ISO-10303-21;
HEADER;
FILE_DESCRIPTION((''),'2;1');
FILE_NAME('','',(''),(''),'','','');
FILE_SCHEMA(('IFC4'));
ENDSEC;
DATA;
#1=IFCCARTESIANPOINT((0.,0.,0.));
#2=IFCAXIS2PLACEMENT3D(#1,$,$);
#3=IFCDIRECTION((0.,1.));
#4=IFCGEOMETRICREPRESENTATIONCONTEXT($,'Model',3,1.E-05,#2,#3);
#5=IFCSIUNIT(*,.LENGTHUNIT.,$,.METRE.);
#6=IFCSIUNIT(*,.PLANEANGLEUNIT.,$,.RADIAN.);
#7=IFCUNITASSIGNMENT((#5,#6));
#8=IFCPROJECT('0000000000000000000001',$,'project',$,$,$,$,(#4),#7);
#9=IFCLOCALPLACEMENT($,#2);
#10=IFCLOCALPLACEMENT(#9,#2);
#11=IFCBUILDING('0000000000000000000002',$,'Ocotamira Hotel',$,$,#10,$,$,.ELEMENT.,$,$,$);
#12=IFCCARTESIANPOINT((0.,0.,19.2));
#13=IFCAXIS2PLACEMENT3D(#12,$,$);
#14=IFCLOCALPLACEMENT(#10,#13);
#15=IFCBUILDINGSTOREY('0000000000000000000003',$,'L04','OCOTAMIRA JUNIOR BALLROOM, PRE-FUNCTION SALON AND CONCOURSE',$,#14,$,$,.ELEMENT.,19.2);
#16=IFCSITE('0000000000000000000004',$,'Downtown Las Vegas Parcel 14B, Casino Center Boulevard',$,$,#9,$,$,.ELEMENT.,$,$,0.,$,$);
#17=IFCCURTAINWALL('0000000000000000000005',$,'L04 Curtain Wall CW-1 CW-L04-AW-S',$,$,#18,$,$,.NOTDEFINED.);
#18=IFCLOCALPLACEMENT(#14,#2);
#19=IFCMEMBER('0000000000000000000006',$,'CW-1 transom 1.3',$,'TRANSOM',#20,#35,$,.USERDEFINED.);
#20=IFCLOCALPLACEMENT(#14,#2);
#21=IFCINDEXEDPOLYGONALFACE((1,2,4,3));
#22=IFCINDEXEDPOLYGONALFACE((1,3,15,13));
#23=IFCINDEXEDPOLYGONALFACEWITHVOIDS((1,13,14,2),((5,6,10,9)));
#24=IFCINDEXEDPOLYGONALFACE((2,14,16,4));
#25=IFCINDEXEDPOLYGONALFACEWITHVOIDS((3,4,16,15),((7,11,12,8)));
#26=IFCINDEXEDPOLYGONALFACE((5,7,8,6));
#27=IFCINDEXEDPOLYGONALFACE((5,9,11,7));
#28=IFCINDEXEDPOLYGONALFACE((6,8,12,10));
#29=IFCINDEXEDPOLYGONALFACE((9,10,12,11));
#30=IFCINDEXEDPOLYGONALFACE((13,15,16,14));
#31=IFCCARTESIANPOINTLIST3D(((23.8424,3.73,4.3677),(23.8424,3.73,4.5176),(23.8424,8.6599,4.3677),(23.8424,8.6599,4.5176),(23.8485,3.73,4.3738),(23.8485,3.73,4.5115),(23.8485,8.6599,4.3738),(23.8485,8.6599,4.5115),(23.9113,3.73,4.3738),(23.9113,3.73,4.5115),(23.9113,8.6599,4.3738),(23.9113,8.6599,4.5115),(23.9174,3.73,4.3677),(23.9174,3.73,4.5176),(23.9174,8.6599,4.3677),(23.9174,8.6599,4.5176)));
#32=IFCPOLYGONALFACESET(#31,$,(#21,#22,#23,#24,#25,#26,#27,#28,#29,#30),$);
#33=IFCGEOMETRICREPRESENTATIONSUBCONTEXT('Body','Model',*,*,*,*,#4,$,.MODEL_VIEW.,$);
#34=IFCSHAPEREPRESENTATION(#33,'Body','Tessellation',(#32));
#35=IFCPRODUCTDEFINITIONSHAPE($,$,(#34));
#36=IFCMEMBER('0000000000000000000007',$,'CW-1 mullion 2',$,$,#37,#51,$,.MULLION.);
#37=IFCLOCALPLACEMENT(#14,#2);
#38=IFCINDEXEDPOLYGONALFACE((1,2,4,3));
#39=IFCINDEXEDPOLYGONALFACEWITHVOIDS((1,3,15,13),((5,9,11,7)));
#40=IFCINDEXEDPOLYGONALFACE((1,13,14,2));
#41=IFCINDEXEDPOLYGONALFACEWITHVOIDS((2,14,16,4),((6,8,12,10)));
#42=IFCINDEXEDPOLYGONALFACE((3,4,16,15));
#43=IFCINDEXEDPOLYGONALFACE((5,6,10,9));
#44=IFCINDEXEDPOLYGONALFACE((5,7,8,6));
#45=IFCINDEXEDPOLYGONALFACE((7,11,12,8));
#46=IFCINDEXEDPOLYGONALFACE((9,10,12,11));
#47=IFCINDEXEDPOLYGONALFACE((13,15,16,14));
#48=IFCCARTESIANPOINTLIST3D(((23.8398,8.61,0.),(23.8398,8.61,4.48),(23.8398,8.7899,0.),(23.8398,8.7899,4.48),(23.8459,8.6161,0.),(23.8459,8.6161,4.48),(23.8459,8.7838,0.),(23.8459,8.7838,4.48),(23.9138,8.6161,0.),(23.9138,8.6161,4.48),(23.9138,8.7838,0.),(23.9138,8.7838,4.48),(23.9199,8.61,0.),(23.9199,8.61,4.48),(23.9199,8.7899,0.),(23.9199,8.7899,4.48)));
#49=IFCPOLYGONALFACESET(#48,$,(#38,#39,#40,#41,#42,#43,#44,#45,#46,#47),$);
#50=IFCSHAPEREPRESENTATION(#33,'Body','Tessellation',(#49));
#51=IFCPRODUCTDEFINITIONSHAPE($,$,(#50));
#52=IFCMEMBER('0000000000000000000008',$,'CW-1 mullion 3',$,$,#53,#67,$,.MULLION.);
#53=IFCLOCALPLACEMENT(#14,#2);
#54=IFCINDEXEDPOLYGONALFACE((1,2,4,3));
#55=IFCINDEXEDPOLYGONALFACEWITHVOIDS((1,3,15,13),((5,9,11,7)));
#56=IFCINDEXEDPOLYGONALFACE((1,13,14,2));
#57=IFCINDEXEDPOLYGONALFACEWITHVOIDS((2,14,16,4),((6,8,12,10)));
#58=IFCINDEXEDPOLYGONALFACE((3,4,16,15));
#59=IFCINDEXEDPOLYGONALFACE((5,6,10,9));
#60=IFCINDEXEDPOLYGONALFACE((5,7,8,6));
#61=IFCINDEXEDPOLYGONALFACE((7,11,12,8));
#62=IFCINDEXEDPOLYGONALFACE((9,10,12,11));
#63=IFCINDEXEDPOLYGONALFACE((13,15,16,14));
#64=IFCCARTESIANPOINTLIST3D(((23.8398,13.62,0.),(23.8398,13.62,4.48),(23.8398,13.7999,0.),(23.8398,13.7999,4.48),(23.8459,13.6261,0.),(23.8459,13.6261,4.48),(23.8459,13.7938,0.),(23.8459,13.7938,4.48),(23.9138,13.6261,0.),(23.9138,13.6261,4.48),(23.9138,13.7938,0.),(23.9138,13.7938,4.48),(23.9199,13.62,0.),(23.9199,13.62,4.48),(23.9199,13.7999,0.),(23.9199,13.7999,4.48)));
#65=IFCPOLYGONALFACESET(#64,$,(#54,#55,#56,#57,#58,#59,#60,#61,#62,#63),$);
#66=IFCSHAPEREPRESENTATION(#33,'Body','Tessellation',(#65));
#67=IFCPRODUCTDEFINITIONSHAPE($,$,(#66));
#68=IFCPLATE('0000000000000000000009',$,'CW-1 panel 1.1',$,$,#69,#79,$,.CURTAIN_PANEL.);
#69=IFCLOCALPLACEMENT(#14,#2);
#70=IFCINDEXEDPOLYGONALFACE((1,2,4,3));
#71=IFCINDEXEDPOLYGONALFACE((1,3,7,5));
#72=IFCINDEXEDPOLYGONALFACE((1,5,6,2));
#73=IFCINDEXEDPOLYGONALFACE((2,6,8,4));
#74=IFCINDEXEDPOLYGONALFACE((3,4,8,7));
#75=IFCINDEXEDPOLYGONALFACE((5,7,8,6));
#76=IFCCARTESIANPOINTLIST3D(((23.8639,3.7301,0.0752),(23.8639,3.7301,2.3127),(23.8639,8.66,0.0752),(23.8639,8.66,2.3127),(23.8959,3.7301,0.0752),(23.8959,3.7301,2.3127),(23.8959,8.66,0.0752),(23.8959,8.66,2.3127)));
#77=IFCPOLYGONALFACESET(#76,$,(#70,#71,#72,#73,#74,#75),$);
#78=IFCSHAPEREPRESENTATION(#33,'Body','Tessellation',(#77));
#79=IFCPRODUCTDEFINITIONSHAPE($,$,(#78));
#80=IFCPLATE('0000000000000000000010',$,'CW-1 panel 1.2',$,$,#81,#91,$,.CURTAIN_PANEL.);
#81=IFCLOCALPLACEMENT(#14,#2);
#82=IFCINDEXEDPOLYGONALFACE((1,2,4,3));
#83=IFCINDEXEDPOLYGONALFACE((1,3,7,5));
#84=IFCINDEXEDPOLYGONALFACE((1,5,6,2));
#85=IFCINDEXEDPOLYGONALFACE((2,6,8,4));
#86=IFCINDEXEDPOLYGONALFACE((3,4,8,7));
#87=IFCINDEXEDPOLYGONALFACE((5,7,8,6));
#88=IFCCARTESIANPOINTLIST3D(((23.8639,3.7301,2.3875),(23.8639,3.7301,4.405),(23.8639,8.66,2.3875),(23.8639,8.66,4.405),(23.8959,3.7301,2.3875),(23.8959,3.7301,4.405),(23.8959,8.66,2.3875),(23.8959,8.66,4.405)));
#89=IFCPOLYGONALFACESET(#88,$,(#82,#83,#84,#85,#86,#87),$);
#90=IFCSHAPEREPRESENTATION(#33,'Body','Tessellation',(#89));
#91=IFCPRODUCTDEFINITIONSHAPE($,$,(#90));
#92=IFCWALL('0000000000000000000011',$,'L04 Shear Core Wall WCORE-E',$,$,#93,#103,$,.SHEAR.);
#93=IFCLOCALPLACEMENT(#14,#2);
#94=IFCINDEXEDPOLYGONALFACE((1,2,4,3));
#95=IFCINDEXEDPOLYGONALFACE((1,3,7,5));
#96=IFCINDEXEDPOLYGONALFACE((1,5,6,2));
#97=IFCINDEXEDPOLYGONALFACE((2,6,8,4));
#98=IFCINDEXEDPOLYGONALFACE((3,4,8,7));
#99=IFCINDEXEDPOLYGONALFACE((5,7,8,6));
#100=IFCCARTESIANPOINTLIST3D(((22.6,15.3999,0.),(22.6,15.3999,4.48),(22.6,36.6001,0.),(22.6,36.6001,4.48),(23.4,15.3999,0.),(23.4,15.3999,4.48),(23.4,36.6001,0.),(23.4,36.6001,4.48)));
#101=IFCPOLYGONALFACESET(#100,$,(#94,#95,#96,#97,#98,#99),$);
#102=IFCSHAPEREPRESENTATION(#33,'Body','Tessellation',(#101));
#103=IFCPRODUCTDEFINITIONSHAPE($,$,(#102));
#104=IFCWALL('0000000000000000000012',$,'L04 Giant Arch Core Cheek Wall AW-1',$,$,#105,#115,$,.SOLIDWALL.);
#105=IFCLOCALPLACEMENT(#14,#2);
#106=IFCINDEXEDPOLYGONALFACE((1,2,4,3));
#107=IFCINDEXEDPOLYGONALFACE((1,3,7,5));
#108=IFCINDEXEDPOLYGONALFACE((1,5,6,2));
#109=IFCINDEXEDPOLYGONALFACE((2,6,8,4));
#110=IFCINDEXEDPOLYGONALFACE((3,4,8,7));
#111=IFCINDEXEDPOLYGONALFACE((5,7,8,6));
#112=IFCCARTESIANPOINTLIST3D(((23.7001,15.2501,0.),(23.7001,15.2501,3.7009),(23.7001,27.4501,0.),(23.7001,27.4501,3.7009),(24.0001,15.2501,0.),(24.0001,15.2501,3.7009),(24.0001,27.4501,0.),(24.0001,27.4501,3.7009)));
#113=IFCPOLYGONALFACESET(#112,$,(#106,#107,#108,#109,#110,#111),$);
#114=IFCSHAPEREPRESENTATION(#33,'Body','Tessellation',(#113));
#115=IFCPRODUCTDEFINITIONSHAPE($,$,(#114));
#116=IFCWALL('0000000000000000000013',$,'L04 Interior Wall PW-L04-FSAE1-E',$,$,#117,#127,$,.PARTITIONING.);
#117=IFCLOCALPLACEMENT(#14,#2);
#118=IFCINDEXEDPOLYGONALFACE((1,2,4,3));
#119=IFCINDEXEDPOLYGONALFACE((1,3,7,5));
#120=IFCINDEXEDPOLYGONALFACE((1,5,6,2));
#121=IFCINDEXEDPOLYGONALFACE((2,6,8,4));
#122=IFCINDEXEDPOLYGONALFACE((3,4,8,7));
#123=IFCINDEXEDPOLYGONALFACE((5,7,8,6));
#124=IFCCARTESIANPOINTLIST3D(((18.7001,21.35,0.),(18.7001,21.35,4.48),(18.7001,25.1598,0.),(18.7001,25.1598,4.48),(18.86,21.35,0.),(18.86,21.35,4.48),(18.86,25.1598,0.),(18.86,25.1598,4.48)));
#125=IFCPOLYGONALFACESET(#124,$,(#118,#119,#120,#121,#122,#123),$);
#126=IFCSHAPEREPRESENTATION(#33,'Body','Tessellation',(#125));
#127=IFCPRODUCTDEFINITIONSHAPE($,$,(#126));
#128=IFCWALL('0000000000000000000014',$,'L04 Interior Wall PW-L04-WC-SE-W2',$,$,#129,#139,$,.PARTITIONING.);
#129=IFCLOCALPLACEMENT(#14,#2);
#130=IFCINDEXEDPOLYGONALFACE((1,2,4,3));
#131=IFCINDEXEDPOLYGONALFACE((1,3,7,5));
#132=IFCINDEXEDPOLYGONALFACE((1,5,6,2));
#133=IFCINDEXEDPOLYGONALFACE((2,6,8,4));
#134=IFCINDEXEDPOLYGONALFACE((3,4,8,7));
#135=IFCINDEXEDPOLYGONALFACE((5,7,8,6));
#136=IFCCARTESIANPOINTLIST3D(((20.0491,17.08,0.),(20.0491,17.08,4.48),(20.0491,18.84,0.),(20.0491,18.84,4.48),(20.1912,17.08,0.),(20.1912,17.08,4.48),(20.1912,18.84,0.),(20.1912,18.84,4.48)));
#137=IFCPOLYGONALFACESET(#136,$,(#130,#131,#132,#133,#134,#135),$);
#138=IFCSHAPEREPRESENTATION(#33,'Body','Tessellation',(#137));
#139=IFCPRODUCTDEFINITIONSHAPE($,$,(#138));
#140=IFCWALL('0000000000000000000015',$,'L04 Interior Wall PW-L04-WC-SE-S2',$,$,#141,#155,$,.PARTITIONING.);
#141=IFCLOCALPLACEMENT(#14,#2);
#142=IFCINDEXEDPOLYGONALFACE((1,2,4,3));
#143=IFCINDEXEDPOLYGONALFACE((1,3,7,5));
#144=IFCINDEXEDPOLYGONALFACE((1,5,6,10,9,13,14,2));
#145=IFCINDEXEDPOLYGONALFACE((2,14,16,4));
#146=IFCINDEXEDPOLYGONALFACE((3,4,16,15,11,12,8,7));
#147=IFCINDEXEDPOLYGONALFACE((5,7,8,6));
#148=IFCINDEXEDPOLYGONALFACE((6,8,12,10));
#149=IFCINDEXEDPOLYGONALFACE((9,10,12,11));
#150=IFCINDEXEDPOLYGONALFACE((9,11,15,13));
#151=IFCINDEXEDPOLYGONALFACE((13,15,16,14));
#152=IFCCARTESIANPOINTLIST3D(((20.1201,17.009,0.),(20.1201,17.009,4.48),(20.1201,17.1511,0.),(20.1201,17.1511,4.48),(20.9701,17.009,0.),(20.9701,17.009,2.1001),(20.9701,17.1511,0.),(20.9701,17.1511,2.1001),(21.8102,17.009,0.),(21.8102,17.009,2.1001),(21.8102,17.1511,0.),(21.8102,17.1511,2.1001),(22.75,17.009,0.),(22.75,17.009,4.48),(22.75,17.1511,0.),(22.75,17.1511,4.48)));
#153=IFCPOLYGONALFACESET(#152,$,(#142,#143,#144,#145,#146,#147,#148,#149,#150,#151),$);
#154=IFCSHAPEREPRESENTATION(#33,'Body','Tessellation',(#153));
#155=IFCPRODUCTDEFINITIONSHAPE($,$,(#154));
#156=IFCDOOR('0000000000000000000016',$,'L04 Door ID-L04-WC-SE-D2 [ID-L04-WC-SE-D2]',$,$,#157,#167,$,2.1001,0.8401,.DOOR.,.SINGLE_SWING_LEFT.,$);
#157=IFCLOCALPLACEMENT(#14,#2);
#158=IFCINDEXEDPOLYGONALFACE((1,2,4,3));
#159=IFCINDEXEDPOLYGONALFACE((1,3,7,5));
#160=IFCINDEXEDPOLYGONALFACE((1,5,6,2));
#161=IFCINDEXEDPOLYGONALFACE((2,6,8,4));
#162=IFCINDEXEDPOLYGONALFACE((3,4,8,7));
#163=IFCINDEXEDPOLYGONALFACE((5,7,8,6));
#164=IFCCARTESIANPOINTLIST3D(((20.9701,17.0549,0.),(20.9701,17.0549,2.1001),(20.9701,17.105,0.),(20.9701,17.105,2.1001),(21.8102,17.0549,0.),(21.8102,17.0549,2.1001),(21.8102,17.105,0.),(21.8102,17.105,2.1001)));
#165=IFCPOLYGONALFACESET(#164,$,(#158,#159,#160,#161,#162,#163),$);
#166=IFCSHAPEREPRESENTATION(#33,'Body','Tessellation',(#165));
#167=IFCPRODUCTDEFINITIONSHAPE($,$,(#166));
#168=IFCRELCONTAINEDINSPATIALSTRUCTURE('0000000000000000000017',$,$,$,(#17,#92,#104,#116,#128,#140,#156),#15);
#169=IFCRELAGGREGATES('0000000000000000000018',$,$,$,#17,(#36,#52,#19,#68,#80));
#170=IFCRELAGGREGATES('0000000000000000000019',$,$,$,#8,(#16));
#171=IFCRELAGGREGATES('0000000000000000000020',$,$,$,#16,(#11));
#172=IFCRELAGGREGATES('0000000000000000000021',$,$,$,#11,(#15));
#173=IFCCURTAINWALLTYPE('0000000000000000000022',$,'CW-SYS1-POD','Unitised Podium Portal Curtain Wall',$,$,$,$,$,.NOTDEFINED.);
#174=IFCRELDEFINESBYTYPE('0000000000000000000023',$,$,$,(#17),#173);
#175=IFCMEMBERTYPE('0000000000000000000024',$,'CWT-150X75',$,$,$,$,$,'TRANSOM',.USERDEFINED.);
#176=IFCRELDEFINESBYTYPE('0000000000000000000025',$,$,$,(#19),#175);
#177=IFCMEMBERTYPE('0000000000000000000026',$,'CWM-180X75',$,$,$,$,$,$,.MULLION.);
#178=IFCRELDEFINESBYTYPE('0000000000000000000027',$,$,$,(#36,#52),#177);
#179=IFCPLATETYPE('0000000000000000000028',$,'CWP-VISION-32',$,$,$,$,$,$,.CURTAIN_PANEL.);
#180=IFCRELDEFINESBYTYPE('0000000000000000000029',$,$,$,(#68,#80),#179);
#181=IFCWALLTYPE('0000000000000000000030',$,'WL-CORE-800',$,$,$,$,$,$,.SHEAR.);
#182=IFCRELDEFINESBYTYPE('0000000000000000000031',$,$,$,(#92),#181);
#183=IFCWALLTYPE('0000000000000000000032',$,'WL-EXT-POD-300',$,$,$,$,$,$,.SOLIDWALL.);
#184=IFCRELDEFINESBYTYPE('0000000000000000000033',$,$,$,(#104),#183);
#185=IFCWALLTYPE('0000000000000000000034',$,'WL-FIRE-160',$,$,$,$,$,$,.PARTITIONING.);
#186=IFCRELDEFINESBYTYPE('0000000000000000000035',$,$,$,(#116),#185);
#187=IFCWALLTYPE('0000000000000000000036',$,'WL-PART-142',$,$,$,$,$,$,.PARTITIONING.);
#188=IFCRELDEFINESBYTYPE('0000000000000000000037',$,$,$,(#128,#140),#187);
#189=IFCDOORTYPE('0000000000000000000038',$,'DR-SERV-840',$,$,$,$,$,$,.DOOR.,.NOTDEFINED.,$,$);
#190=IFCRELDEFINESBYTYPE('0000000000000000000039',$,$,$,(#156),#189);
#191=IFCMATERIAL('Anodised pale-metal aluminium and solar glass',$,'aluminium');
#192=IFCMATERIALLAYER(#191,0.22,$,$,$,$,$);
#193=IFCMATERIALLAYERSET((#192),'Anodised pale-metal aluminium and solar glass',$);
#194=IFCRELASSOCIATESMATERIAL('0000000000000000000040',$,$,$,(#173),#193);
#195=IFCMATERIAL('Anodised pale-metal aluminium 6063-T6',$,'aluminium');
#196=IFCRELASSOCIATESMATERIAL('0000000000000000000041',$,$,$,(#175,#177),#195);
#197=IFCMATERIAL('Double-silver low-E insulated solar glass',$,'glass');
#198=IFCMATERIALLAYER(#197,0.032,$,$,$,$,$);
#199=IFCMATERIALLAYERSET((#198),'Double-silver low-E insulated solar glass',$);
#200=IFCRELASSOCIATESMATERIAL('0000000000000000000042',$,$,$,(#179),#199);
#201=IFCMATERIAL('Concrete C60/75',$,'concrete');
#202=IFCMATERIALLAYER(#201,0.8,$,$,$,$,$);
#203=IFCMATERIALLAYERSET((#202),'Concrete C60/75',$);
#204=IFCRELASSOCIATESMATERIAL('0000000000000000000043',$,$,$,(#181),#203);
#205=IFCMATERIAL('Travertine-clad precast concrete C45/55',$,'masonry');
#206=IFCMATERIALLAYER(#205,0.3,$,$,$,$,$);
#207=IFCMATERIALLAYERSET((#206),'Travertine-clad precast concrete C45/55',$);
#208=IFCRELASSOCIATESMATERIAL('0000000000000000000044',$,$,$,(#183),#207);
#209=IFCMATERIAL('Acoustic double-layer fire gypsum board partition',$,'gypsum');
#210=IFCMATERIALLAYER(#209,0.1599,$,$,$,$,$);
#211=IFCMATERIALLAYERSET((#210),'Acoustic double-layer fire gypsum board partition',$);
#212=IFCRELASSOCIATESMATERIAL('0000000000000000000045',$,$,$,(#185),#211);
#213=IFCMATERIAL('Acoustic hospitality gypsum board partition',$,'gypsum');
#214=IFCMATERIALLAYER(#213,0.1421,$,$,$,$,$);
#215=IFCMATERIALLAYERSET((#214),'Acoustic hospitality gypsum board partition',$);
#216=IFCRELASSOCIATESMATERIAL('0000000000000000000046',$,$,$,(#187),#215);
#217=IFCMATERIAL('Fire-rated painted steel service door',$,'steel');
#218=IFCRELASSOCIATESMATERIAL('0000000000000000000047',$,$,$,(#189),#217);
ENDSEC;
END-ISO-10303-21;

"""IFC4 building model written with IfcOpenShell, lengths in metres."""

from ifc_helpers import new_model, si_unit, direction, frame, frame_2d, origin, origin_2d, place, context, subcontext, project, spatial, rectangle, hollow_rectangle, extrude, source, transform, mapped, material, layer, layer_set, material_profile, profile_set, type_object, element, fill, aggregate, save


model = new_model("IFC4")

# Units and contexts
model_context = context("Model", 3, precision=1e-05, world=origin(), true_north=direction((0.0, 1.0)))
body_context = subcontext(model_context, "Body", "Model", "MODEL_VIEW")
ifc_project = project(units=[si_unit("LENGTHUNIT", "METRE"), si_unit("PLANEANGLEUNIT", "RADIAN")], contexts=[model_context])

# Site, building, storey
site_placement = place(None, origin())
site = spatial("IfcSite", under=ifc_project, at=site_placement, Name="Downtown Las Vegas Parcel 14B, Casino Center Boulevard", CompositionType="ELEMENT", RefElevation=0.0)
building_placement = place(site_placement, origin())
building = spatial("IfcBuilding", under=site, at=building_placement, Name="Ocotamira Hotel", CompositionType="ELEMENT")
storey_placement = place(building_placement, frame((0.0, 0.0, 19.2)))
storey = spatial("IfcBuildingStorey", under=building, at=storey_placement, Name="L04", Description="OCOTAMIRA JUNIOR BALLROOM, PRE-FUNCTION SALON AND CONCOURSE", CompositionType="ELEMENT", Elevation=19.2)

# Shared definitions
ifc_material_1 = material(Name="Concrete C60/75", Category="concrete")

# Curtain wall, members, plates
ifc_material_2 = material(Name="Anodised pale-metal aluminium and solar glass", Category="aluminium")
ifc_layer_1 = layer(ifc_material_2, 0.22)
ifc_layer_set_1 = layer_set([ifc_layer_1], Name="Anodised pale-metal aluminium and solar glass")
curtain_wall_type = type_object("IfcCurtainWallType", Name="CW-SYS1-POD", Description="Unitised Podium Portal Curtain Wall", PredefinedType="NOTDEFINED", material=ifc_layer_set_1)
curtain_wall_placement = place(storey_placement, origin())
curtain_wall = element("IfcCurtainWall", 1, at=curtain_wall_placement, inside=storey, type_object=curtain_wall_type, Name="L04 Curtain Wall CW-1 CW-L04-AW-S", PredefinedType="NOTDEFINED")
ifc_material_3 = material(Name="Anodised pale-metal aluminium 6063-T6", Category="aluminium")
ifc_material_profile_1 = material_profile(ifc_material_3, hollow_rectangle(XDim=0.075, YDim=0.1499, WallThickness=0.0061, at=origin_2d()), Name="HSS150X75X6")
ifc_profile_set_1 = profile_set([ifc_material_profile_1], Name="Anodised pale-metal aluminium 6063-T6")
member_type_1 = type_object("IfcMemberType", Name="CWT-150X75", ElementType="TRANSOM", PredefinedType="USERDEFINED", material=ifc_profile_set_1)
shared_shape_1 = source(origin(), body_context, "Body", "SweptSolid", [
    extrude(hollow_rectangle(XDim=0.075, YDim=0.1499, WallThickness=0.0061, at=origin_2d()), origin(), (0.0, 0.0, 1.0), 4.9299),
])
member_1_placement = place(storey_placement, frame((23.8799, 3.73, 4.4426), z_axis=(0.0, 1.0, 0.0), x_axis=(-1.0, 0.0, 0.0)))
member_1 = element("IfcMember", 2, at=member_1_placement, type_object=member_type_1, Name="CW-1 transom 1.3", ObjectType="TRANSOM", PredefinedType="USERDEFINED", context=body_context, shape_type="MappedRepresentation", body=[
    mapped(shared_shape_1, transform((0.0, 0.0, 0.0), scale=1.0)),
])
ifc_material_profile_2 = material_profile(ifc_material_3, hollow_rectangle(XDim=0.0801, YDim=0.1799, WallThickness=0.0061, at=origin_2d()), Name="HSS180X80X6")
ifc_profile_set_2 = profile_set([ifc_material_profile_2], Name="Anodised pale-metal aluminium 6063-T6")
member_type_2 = type_object("IfcMemberType", Name="CWM-180X75", PredefinedType="MULLION", material=ifc_profile_set_2)
shared_shape_2 = source(origin(), body_context, "Body", "SweptSolid", [
    extrude(hollow_rectangle(XDim=0.0801, YDim=0.1799, WallThickness=0.0061, at=origin_2d()), origin(), (0.0, 0.0, 1.0), 4.48),
])
member_2_placement = place(storey_placement, frame((23.8799, 8.7, 0.0), z_axis=(0.0, 0.0, 1.0), x_axis=(-1.0, 0.0, 0.0)))
member_2 = element("IfcMember", 3, at=member_2_placement, type_object=member_type_2, Name="CW-1 mullion 2", PredefinedType="MULLION", context=body_context, shape_type="MappedRepresentation", body=[
    mapped(shared_shape_2, transform((0.0, 0.0, 0.0), scale=1.0)),
])
member_3_placement = place(storey_placement, frame((23.8799, 13.71, 0.0), z_axis=(0.0, 0.0, 1.0), x_axis=(-1.0, 0.0, 0.0)))
member_3 = element("IfcMember", 4, at=member_3_placement, type_object=member_type_2, Name="CW-1 mullion 3", PredefinedType="MULLION", context=body_context, shape_type="MappedRepresentation", body=[
    mapped(shared_shape_2, transform((0.0, 0.0, 0.0), scale=1.0)),
])
ifc_material_4 = material(Name="Double-silver low-E insulated solar glass", Category="glass")
ifc_layer_2 = layer(ifc_material_4, 0.032)
ifc_layer_set_2 = layer_set([ifc_layer_2], Name="Double-silver low-E insulated solar glass")
plate_type = type_object("IfcPlateType", Name="CWP-VISION-32", PredefinedType="CURTAIN_PANEL", material=ifc_layer_set_2)
shared_shape_3 = source(origin(), body_context, "Body", "SweptSolid", [
    extrude(rectangle(XDim=4.9299, YDim=0.032, at=origin_2d()), origin(), (0.0, 0.0, 1.0), 2.2375),
])
plate_1_placement = place(storey_placement, frame((23.8799, 6.1951, 0.0752), z_axis=(0.0, 0.0, 1.0), x_axis=(0.0, 1.0, 0.0)))
plate_1 = element("IfcPlate", 5, at=plate_1_placement, type_object=plate_type, Name="CW-1 panel 1.1", PredefinedType="CURTAIN_PANEL", context=body_context, shape_type="MappedRepresentation", body=[
    mapped(shared_shape_3, transform((0.0, 0.0, 0.0), scale=1.0)),
])
shared_shape_4 = source(origin(), body_context, "Body", "SweptSolid", [
    extrude(rectangle(XDim=4.9299, YDim=0.032, at=origin_2d()), origin(), (0.0, 0.0, 1.0), 2.0176),
])
plate_2_placement = place(storey_placement, frame((23.8799, 6.1951, 2.3875), z_axis=(0.0, 0.0, 1.0), x_axis=(0.0, 1.0, 0.0)))
plate_2 = element("IfcPlate", 6, at=plate_2_placement, type_object=plate_type, Name="CW-1 panel 1.2", PredefinedType="CURTAIN_PANEL", context=body_context, shape_type="MappedRepresentation", body=[
    mapped(shared_shape_4, transform((0.0, 0.0, 0.0), scale=1.0)),
])
aggregate(curtain_wall, [member_2, member_3, member_1, plate_1, plate_2])

# Walls
ifc_layer_3 = layer(ifc_material_1, 0.8)
ifc_layer_set_3 = layer_set([ifc_layer_3], Name="Concrete C60/75")
wall_type_1 = type_object("IfcWallType", Name="WL-CORE-800", PredefinedType="SHEAR", material=ifc_layer_set_3)
wall_1_placement = place(storey_placement, frame((23.0, 15.3999, 0.0), z_axis=(0.0, 0.0, 1.0), x_axis=(0.0, 1.0, 0.0)))
element("IfcWall", 7, at=wall_1_placement, inside=storey, type_object=wall_type_1, Name="L04 Shear Core Wall WCORE-E", PredefinedType="SHEAR", context=body_context, shape_type="SweptSolid", body=[
    extrude(rectangle(XDim=21.2002, YDim=0.8, at=frame_2d((10.6001, 0.0))), origin(), (0.0, 0.0, 1.0), 4.48),
])
ifc_material_5 = material(Name="Travertine-clad precast concrete C45/55", Category="masonry")
ifc_layer_4 = layer(ifc_material_5, 0.3)
ifc_layer_set_4 = layer_set([ifc_layer_4], Name="Travertine-clad precast concrete C45/55")
wall_type_2 = type_object("IfcWallType", Name="WL-EXT-POD-300", PredefinedType="SOLIDWALL", material=ifc_layer_set_4)
wall_2_placement = place(storey_placement, frame((23.8501, 15.25, 0.0), z_axis=(0.0, 0.0, 1.0), x_axis=(0.0, 1.0, 0.0)))
element("IfcWall", 8, at=wall_2_placement, inside=storey, type_object=wall_type_2, Name="L04 Giant Arch Core Cheek Wall AW-1", PredefinedType="SOLIDWALL", context=body_context, shape_type="SweptSolid", body=[
    extrude(rectangle(XDim=12.2, YDim=0.3, at=frame_2d((6.1001, 0.0))), origin(), (0.0, 0.0, 1.0), 3.7009),
])
ifc_material_6 = material(Name="Acoustic double-layer fire gypsum board partition", Category="gypsum")
ifc_layer_5 = layer(ifc_material_6, 0.1599)
ifc_layer_set_5 = layer_set([ifc_layer_5], Name="Acoustic double-layer fire gypsum board partition")
wall_type_3 = type_object("IfcWallType", Name="WL-FIRE-160", PredefinedType="PARTITIONING", material=ifc_layer_set_5)
wall_3_placement = place(storey_placement, frame((18.78, 21.3501, 0.0), z_axis=(0.0, 0.0, 1.0), x_axis=(0.0, 1.0, 0.0)))
element("IfcWall", 9, at=wall_3_placement, inside=storey, type_object=wall_type_3, Name="L04 Interior Wall PW-L04-FSAE1-E", PredefinedType="PARTITIONING", context=body_context, shape_type="SweptSolid", body=[
    extrude(rectangle(XDim=3.8098, YDim=0.1599, at=frame_2d((1.9048, 0.0))), origin(), (0.0, 0.0, 1.0), 4.48),
])
ifc_material_7 = material(Name="Acoustic hospitality gypsum board partition", Category="gypsum")
ifc_layer_6 = layer(ifc_material_7, 0.1421)
ifc_layer_set_6 = layer_set([ifc_layer_6], Name="Acoustic hospitality gypsum board partition")
wall_type_4 = type_object("IfcWallType", Name="WL-PART-142", PredefinedType="PARTITIONING", material=ifc_layer_set_6)
wall_4_placement = place(storey_placement, frame((20.1201, 17.0801, 0.0), z_axis=(0.0, 0.0, 1.0), x_axis=(0.0, 1.0, 0.0)))
element("IfcWall", 10, at=wall_4_placement, inside=storey, type_object=wall_type_4, Name="L04 Interior Wall PW-L04-WC-SE-W2", PredefinedType="PARTITIONING", context=body_context, shape_type="SweptSolid", body=[
    extrude(rectangle(XDim=1.76, YDim=0.1421, at=frame_2d((0.8799, 0.0))), origin(), (0.0, 0.0, 1.0), 4.48),
])

# Wall, opening, door
wall_5_placement = place(storey_placement, frame((20.1201, 17.0801, 0.0), z_axis=(0.0, 0.0, 1.0), x_axis=(1.0, 0.0, 0.0)))
wall_5 = element("IfcWall", 11, at=wall_5_placement, inside=storey, type_object=wall_type_4, Name="L04 Interior Wall PW-L04-WC-SE-S2", PredefinedType="PARTITIONING", context=body_context, shape_type="SweptSolid", body=[
    extrude(rectangle(XDim=2.6299, YDim=0.1421, at=frame_2d((1.3149, 0.0))), origin(), (0.0, 0.0, 1.0), 4.48),
])
opening_placement = place(wall_5_placement, frame((0.8501, 0.0, 0.0)))
opening = element("IfcOpeningElement", 12, at=opening_placement, cuts=wall_5, PredefinedType="OPENING", context=body_context, shape_type="SweptSolid", body=[
    extrude(rectangle(XDim=0.8401, YDim=2.1001, at=frame_2d((0.4199, 1.05))), frame((0.0, 0.0811, 0.0), z_axis=(0.0, -1.0, 0.0), x_axis=(1.0, 0.0, 0.0)), (0.0, 0.0, 1.0), 0.1621),
])
ifc_material_8 = material(Name="Fire-rated painted steel service door", Category="steel")
door_type = type_object("IfcDoorType", Name="DR-SERV-840", OperationType="NOTDEFINED", PredefinedType="DOOR", material=ifc_material_8)
shared_shape_5 = source(origin(), body_context, "Body", "SweptSolid", [
    extrude(rectangle(XDim=0.8401, YDim=2.1001, at=frame_2d((0.4199, 1.05))), frame((0.0, 0.0249, 0.0), z_axis=(0.0, -1.0, 0.0), x_axis=(1.0, 0.0, 0.0)), (0.0, 0.0, 1.0), 0.05),
])
door_placement = place(opening_placement, origin())
door = element("IfcDoor", 13, at=door_placement, inside=storey, type_object=door_type, Name="L04 Door ID-L04-WC-SE-D2 [ID-L04-WC-SE-D2]", OperationType="SINGLE_SWING_LEFT", OverallHeight=2.1001, OverallWidth=0.8401, PredefinedType="DOOR", context=body_context, shape_type="MappedRepresentation", body=[
    mapped(shared_shape_5, transform((0.0, 0.0, 0.0), scale=1.0)),
])
fill(opening, door)

save(model, "model.ifc")
